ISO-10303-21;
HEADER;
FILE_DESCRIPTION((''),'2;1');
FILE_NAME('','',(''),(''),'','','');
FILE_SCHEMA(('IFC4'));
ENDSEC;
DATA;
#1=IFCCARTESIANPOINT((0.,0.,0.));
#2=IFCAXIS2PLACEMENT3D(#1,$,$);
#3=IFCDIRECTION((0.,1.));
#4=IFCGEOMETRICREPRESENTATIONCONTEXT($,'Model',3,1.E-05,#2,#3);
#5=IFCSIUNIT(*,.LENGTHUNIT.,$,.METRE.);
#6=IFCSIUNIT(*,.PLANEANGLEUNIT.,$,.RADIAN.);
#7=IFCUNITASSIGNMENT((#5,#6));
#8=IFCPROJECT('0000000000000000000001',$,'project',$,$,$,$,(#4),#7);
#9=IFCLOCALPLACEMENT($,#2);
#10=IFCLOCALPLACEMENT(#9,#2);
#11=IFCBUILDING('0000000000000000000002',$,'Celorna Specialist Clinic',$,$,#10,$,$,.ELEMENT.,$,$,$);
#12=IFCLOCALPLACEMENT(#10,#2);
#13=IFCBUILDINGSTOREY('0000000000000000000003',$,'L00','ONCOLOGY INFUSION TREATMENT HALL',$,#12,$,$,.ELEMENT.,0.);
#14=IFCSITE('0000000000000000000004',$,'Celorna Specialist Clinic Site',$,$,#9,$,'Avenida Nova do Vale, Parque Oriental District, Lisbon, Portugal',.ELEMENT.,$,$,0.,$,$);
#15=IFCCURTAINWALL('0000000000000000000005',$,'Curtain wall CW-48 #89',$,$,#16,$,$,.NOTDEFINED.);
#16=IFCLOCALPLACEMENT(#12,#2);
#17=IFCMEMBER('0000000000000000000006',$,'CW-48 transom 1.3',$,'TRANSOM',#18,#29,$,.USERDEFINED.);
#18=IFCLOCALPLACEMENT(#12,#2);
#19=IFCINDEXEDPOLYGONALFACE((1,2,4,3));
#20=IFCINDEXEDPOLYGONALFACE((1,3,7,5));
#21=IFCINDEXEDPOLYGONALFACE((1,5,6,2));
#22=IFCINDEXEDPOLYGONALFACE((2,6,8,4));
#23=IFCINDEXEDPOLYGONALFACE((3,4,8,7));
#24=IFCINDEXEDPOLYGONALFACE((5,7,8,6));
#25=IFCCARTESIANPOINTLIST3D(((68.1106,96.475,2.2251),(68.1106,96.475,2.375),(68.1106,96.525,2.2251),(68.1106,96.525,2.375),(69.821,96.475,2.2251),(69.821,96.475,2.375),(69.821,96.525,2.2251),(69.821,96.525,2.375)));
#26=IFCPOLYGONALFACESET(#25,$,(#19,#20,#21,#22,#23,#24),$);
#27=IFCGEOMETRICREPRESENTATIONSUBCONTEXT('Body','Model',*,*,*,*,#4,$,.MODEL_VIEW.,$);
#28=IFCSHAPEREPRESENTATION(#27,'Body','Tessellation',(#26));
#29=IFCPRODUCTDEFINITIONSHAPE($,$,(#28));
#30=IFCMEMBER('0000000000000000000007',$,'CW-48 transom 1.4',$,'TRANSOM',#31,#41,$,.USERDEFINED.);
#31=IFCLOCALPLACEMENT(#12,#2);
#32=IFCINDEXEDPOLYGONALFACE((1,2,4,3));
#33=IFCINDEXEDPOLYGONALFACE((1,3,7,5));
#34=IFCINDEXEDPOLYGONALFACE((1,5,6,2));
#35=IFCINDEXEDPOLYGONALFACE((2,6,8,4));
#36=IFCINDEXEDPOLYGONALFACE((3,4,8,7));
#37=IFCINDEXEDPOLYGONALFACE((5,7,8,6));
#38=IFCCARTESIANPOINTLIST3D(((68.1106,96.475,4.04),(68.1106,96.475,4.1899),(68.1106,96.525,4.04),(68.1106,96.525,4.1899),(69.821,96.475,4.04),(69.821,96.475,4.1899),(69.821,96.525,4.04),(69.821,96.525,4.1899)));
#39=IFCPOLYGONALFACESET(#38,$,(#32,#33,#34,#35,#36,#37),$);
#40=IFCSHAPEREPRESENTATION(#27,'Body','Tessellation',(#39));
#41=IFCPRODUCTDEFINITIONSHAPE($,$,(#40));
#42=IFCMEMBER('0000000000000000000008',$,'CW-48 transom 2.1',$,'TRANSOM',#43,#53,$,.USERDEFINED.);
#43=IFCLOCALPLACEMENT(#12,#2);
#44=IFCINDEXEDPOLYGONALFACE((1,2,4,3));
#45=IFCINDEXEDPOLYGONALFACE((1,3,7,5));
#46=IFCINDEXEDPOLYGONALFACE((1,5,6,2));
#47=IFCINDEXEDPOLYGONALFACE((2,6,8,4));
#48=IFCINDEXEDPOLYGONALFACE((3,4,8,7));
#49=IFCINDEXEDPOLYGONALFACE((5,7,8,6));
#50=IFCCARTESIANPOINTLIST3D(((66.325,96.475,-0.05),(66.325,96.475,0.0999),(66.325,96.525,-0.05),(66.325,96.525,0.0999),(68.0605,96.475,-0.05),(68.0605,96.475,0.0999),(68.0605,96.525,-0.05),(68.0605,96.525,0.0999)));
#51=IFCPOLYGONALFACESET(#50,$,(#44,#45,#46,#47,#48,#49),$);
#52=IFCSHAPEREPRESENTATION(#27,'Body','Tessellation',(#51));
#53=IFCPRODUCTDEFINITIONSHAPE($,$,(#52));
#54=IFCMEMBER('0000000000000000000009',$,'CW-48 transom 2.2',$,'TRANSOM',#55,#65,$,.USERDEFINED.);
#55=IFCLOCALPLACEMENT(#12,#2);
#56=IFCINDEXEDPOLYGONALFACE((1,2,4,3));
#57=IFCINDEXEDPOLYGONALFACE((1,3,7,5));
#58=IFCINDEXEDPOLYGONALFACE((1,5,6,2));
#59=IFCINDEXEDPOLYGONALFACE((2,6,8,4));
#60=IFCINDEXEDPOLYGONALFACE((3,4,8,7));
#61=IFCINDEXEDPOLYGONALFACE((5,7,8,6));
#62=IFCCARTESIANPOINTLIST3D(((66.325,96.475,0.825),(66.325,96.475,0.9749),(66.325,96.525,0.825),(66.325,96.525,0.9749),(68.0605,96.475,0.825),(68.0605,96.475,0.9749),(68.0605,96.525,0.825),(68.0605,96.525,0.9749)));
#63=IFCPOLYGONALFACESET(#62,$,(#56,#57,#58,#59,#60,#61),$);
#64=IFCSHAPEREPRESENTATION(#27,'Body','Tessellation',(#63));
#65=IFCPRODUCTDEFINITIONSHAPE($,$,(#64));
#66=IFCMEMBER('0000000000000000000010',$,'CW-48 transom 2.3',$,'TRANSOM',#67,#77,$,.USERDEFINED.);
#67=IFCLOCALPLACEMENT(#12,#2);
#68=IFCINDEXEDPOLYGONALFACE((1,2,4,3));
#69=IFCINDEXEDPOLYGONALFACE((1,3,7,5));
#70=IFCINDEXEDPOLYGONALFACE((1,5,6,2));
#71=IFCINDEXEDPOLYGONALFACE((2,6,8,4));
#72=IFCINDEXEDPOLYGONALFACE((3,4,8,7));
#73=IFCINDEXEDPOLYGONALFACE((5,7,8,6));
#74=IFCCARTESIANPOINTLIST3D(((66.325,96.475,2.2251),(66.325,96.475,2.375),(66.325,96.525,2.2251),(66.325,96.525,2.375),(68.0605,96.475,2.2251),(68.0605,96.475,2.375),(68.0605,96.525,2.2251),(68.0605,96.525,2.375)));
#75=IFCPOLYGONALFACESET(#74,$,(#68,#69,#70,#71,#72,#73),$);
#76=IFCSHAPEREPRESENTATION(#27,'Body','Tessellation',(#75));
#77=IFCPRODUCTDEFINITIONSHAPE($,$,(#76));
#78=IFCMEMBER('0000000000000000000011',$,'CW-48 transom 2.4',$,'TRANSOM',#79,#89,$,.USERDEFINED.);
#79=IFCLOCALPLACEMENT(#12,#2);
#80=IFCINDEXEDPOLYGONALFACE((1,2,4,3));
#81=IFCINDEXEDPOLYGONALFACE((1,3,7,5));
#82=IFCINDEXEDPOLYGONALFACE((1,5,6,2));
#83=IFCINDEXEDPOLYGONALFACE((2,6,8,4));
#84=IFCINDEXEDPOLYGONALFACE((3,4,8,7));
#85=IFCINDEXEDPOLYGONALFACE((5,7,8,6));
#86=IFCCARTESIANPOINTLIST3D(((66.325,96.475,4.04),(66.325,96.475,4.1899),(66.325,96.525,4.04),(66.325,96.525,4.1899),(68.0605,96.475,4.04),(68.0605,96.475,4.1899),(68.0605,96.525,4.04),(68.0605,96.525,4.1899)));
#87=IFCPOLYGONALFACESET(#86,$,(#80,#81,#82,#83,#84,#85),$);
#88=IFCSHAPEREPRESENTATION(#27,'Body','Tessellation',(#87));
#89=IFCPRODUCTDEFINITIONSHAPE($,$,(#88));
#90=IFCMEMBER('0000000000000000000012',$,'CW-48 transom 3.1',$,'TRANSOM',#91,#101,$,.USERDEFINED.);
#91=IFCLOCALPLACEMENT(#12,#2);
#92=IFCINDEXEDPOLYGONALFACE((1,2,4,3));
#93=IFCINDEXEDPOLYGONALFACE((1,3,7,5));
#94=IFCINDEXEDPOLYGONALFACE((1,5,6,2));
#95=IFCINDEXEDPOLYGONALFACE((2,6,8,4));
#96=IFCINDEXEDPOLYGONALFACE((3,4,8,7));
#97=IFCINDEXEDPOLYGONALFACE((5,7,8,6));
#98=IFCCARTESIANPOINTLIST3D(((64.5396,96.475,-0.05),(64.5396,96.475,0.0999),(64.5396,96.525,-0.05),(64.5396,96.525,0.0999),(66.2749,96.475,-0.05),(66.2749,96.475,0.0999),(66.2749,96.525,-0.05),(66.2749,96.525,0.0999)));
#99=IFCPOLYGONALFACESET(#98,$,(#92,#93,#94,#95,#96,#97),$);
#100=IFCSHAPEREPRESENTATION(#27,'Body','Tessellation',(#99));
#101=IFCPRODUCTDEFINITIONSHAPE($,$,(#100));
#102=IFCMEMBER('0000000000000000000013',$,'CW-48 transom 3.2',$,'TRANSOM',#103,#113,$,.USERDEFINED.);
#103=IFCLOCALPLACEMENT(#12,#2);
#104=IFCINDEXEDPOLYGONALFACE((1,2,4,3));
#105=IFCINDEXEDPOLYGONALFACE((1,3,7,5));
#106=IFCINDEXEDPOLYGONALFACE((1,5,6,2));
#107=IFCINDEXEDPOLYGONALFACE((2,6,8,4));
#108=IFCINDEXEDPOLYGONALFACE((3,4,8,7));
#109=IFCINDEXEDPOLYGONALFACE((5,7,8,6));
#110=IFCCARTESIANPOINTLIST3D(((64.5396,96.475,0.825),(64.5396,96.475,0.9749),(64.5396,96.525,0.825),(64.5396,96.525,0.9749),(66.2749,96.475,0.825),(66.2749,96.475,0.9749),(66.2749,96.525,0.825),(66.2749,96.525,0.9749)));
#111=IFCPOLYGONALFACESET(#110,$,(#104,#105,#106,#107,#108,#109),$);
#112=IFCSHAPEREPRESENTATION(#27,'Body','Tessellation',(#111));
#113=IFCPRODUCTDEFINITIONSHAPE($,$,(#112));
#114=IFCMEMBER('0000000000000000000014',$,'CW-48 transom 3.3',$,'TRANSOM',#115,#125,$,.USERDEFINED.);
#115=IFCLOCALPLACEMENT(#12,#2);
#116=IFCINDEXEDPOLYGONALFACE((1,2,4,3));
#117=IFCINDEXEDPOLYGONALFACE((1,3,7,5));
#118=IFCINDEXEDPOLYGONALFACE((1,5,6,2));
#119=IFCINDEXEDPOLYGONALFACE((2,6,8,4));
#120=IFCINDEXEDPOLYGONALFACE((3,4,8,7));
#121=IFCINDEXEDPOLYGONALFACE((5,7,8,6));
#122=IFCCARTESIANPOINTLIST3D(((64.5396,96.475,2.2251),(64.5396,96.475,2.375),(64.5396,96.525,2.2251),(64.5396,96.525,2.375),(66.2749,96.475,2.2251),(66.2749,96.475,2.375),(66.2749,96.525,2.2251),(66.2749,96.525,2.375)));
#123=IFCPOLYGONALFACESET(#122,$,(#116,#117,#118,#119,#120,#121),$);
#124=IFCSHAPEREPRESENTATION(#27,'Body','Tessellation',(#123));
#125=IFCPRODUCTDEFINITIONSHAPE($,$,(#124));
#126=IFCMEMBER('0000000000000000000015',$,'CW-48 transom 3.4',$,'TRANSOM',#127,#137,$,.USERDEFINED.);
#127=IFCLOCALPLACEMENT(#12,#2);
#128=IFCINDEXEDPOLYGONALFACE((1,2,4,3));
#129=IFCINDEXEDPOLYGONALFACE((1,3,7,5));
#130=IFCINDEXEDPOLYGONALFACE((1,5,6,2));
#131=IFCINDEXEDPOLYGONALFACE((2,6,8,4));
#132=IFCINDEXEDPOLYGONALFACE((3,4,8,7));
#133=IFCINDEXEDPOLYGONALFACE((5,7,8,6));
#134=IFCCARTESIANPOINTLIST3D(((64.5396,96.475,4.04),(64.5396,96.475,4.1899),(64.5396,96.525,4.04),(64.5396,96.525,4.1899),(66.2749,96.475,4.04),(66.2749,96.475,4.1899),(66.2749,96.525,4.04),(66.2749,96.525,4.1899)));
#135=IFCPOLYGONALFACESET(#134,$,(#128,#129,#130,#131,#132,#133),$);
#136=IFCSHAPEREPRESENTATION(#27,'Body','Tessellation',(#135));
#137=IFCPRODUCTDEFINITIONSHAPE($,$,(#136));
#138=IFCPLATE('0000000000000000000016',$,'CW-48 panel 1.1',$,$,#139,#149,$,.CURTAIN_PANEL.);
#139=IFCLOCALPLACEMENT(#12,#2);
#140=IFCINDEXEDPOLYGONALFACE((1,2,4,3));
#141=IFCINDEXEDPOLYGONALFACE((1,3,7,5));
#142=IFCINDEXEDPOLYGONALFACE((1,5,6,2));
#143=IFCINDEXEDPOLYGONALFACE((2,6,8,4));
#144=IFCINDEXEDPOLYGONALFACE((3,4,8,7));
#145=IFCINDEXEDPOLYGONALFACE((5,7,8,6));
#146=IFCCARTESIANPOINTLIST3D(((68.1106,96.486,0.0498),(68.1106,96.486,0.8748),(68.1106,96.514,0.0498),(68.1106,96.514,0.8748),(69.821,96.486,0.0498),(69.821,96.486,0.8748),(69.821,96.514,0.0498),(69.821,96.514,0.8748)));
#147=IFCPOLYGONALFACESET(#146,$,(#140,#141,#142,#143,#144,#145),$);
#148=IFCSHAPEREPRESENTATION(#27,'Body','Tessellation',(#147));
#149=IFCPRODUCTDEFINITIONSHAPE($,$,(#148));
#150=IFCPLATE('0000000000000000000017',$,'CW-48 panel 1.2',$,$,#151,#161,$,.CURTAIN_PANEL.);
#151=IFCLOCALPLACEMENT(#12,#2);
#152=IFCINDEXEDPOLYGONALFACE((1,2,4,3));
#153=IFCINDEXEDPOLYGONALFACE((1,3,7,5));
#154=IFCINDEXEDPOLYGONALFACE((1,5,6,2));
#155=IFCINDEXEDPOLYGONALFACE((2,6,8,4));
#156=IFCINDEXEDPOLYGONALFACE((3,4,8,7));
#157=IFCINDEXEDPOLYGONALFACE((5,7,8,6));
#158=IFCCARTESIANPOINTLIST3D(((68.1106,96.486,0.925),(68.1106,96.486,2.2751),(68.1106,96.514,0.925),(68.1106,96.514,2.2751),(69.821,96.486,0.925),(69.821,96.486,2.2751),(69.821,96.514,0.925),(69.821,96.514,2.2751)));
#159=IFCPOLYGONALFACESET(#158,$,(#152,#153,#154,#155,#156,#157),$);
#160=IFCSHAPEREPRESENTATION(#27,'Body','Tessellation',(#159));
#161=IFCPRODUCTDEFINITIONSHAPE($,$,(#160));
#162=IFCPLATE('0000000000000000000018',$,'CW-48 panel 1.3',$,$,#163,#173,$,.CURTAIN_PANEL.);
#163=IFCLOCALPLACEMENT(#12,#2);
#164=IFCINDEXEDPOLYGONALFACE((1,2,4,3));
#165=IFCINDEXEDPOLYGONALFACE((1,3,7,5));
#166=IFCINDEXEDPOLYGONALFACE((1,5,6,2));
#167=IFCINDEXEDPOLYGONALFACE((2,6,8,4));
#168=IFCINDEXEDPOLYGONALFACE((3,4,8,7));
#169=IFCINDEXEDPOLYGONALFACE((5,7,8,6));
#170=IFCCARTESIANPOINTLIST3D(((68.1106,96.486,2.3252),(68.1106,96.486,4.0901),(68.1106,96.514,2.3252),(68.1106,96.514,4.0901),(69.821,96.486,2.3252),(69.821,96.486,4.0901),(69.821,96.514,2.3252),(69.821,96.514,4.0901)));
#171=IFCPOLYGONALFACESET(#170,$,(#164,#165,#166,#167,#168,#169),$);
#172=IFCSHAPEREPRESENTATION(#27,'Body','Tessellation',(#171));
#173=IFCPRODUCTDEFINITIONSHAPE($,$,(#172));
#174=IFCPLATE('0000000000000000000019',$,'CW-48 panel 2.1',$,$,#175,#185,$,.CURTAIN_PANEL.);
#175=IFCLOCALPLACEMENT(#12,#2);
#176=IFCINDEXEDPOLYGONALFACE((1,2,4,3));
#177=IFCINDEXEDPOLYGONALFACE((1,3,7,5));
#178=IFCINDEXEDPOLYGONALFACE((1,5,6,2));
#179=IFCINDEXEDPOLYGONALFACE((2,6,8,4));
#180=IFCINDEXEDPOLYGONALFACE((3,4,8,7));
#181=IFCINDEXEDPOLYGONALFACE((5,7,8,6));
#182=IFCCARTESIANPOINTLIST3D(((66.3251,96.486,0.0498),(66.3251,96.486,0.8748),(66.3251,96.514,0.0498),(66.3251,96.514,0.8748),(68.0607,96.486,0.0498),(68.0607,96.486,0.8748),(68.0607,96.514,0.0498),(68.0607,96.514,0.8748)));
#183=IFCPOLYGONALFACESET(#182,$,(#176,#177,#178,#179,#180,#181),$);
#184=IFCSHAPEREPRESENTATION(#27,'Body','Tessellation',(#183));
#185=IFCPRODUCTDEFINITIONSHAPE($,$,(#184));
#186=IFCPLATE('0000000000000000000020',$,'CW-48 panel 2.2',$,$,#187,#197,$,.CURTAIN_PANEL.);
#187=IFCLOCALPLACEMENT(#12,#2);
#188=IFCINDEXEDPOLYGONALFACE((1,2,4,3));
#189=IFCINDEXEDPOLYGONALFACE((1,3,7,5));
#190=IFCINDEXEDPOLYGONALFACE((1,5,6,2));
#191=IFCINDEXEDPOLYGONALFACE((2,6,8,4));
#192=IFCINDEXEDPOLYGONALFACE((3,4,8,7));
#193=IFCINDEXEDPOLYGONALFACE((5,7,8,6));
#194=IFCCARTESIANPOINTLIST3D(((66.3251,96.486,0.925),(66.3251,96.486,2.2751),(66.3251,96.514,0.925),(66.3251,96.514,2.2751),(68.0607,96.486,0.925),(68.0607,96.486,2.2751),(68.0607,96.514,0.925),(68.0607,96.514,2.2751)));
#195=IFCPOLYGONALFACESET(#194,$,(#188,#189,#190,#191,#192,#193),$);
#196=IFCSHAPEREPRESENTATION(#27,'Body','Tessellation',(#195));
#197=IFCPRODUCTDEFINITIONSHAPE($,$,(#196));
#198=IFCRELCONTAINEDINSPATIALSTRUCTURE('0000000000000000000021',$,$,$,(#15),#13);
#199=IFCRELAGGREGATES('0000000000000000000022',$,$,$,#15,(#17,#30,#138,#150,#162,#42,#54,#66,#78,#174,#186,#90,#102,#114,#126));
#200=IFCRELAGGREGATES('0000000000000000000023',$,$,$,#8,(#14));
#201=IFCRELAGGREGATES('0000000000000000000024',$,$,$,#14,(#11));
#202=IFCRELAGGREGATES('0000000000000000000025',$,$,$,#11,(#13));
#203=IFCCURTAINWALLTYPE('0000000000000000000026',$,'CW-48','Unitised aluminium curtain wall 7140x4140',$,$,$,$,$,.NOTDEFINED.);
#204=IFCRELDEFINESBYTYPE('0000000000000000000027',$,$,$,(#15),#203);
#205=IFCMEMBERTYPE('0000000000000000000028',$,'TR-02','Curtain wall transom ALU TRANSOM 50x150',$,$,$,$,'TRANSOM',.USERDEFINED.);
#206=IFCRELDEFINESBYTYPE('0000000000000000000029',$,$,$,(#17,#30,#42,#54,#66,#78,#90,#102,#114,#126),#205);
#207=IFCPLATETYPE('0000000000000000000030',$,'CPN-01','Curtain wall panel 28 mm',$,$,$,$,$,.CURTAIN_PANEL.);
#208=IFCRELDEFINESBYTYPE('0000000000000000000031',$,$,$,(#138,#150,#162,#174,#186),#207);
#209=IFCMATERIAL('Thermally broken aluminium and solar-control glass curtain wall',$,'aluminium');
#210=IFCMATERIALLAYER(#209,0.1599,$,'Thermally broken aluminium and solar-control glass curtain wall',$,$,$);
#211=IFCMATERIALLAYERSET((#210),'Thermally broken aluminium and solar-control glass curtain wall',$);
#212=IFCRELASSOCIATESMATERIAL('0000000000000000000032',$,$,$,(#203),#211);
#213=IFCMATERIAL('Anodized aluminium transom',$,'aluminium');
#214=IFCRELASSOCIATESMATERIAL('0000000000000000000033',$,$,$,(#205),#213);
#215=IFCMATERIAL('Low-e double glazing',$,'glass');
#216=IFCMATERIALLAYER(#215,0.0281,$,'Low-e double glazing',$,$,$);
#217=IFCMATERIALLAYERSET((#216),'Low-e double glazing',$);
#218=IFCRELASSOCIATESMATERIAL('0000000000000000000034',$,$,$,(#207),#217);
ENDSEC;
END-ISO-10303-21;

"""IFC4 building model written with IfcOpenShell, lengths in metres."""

from ifc_helpers import new_model, si_unit, direction, frame, origin, origin_2d, place, context, subcontext, project, spatial, rectangle, extrude, material, layer, layer_set, material_profile, profile_set, type_object, element, aggregate, save


model = new_model("IFC4")

# Units and contexts
model_context = context("Model", 3, precision=1e-05, world=origin(), true_north=direction((0.0, 1.0)))
body_context = subcontext(model_context, "Body", "Model", "MODEL_VIEW")
ifc_project = project(units=[si_unit("LENGTHUNIT", "METRE"), si_unit("PLANEANGLEUNIT", "RADIAN")], contexts=[model_context])

# Site, building, storey
site_placement = place(None, origin())
site = spatial("IfcSite", under=ifc_project, at=site_placement, Name="Celorna Specialist Clinic Site", LongName="Avenida Nova do Vale, Parque Oriental District, Lisbon, Portugal", CompositionType="ELEMENT", RefElevation=0.0)
building_placement = place(site_placement, origin())
building = spatial("IfcBuilding", under=site, at=building_placement, Name="Celorna Specialist Clinic", CompositionType="ELEMENT")
storey_placement = place(building_placement, origin())
storey = spatial("IfcBuildingStorey", under=building, at=storey_placement, Name="L00", Description="ONCOLOGY INFUSION TREATMENT HALL", CompositionType="ELEMENT", Elevation=0.0)

# Curtain wall, members, plates
ifc_material_1 = material(Name="Thermally broken aluminium and solar-control glass curtain wall", Category="aluminium")
ifc_layer_1 = layer(ifc_material_1, 0.1599, Name="Thermally broken aluminium and solar-control glass curtain wall")
ifc_layer_set_1 = layer_set([ifc_layer_1], Name="Thermally broken aluminium and solar-control glass curtain wall")
curtain_wall_type = type_object("IfcCurtainWallType", Name="CW-48", Description="Unitised aluminium curtain wall 7140x4140", PredefinedType="NOTDEFINED", material=ifc_layer_set_1)
curtain_wall_placement = place(storey_placement, origin())
curtain_wall = element("IfcCurtainWall", 1, at=curtain_wall_placement, inside=storey, type_object=curtain_wall_type, Name="Curtain wall CW-48 #89", PredefinedType="NOTDEFINED")
ifc_material_2 = material(Name="Anodized aluminium transom", Category="aluminium")
ifc_material_profile_1 = material_profile(ifc_material_2, rectangle(XDim=0.05, YDim=0.1499, at=origin_2d()), Name="ALU TRANSOM 50x150")
ifc_profile_set_1 = profile_set([ifc_material_profile_1], Name="Anodized aluminium transom")
member_type_1 = type_object("IfcMemberType", Name="TR-02", Description="Curtain wall transom ALU TRANSOM 50x150", ElementType="TRANSOM", PredefinedType="USERDEFINED", material=ifc_profile_set_1)
member_1_placement = place(storey_placement, frame((69.821, 96.5, 2.3), z_axis=(-1.0, 0.0, 0.0), x_axis=(0.0, -1.0, 0.0)))
member_1 = element("IfcMember", 2, at=member_1_placement, type_object=member_type_1, Name="CW-48 transom 1.3", ObjectType="TRANSOM", PredefinedType="USERDEFINED", context=body_context, shape_type="SweptSolid", body=[
    extrude(rectangle(XDim=0.05, YDim=0.1499, at=origin_2d()), origin(), (0.0, 0.0, 1.0), 1.7104),
])
member_2_placement = place(storey_placement, frame((69.821, 96.5, 4.115), z_axis=(-1.0, 0.0, 0.0), x_axis=(0.0, -1.0, 0.0)))
member_2 = element("IfcMember", 3, at=member_2_placement, type_object=member_type_1, Name="CW-48 transom 1.4", ObjectType="TRANSOM", PredefinedType="USERDEFINED", context=body_context, shape_type="SweptSolid", body=[
    extrude(rectangle(XDim=0.05, YDim=0.1499, at=origin_2d()), origin(), (0.0, 0.0, 1.0), 1.7104),
])
member_3_placement = place(storey_placement, frame((68.0605, 96.5, 0.0249), z_axis=(-1.0, 0.0, 0.0), x_axis=(0.0, -1.0, 0.0)))
member_3 = element("IfcMember", 4, at=member_3_placement, type_object=member_type_1, Name="CW-48 transom 2.1", ObjectType="TRANSOM", PredefinedType="USERDEFINED", context=body_context, shape_type="SweptSolid", body=[
    extrude(rectangle(XDim=0.05, YDim=0.1499, at=origin_2d()), origin(), (0.0, 0.0, 1.0), 1.7356),
])
member_4_placement = place(storey_placement, frame((68.0605, 96.5, 0.8999), z_axis=(-1.0, 0.0, 0.0), x_axis=(0.0, -1.0, 0.0)))
member_4 = element("IfcMember", 5, at=member_4_placement, type_object=member_type_1, Name="CW-48 transom 2.2", ObjectType="TRANSOM", PredefinedType="USERDEFINED", context=body_context, shape_type="SweptSolid", body=[
    extrude(rectangle(XDim=0.05, YDim=0.1499, at=origin_2d()), origin(), (0.0, 0.0, 1.0), 1.7356),
])
member_5_placement = place(storey_placement, frame((68.0605, 96.5, 2.3), z_axis=(-1.0, 0.0, 0.0), x_axis=(0.0, -1.0, 0.0)))
member_5 = element("IfcMember", 6, at=member_5_placement, type_object=member_type_1, Name="CW-48 transom 2.3", ObjectType="TRANSOM", PredefinedType="USERDEFINED", context=body_context, shape_type="SweptSolid", body=[
    extrude(rectangle(XDim=0.05, YDim=0.1499, at=origin_2d()), origin(), (0.0, 0.0, 1.0), 1.7356),
])
member_6_placement = place(storey_placement, frame((68.0605, 96.5, 4.115), z_axis=(-1.0, 0.0, 0.0), x_axis=(0.0, -1.0, 0.0)))
member_6 = element("IfcMember", 7, at=member_6_placement, type_object=member_type_1, Name="CW-48 transom 2.4", ObjectType="TRANSOM", PredefinedType="USERDEFINED", context=body_context, shape_type="SweptSolid", body=[
    extrude(rectangle(XDim=0.05, YDim=0.1499, at=origin_2d()), origin(), (0.0, 0.0, 1.0), 1.7356),
])
member_7_placement = place(storey_placement, frame((66.2749, 96.5, 0.0249), z_axis=(-1.0, 0.0, 0.0), x_axis=(0.0, -1.0, 0.0)))
member_7 = element("IfcMember", 8, at=member_7_placement, type_object=member_type_1, Name="CW-48 transom 3.1", ObjectType="TRANSOM", PredefinedType="USERDEFINED", context=body_context, shape_type="SweptSolid", body=[
    extrude(rectangle(XDim=0.05, YDim=0.1499, at=origin_2d()), origin(), (0.0, 0.0, 1.0), 1.7354),
])
member_8_placement = place(storey_placement, frame((66.2749, 96.5, 0.8999), z_axis=(-1.0, 0.0, 0.0), x_axis=(0.0, -1.0, 0.0)))
member_8 = element("IfcMember", 9, at=member_8_placement, type_object=member_type_1, Name="CW-48 transom 3.2", ObjectType="TRANSOM", PredefinedType="USERDEFINED", context=body_context, shape_type="SweptSolid", body=[
    extrude(rectangle(XDim=0.05, YDim=0.1499, at=origin_2d()), origin(), (0.0, 0.0, 1.0), 1.7354),
])
member_9_placement = place(storey_placement, frame((66.2749, 96.5, 2.3), z_axis=(-1.0, 0.0, 0.0), x_axis=(0.0, -1.0, 0.0)))
member_9 = element("IfcMember", 10, at=member_9_placement, type_object=member_type_1, Name="CW-48 transom 3.3", ObjectType="TRANSOM", PredefinedType="USERDEFINED", context=body_context, shape_type="SweptSolid", body=[
    extrude(rectangle(XDim=0.05, YDim=0.1499, at=origin_2d()), origin(), (0.0, 0.0, 1.0), 1.7354),
])
member_10_placement = place(storey_placement, frame((66.2749, 96.5, 4.115), z_axis=(-1.0, 0.0, 0.0), x_axis=(0.0, -1.0, 0.0)))
member_10 = element("IfcMember", 11, at=member_10_placement, type_object=member_type_1, Name="CW-48 transom 3.4", ObjectType="TRANSOM", PredefinedType="USERDEFINED", context=body_context, shape_type="SweptSolid", body=[
    extrude(rectangle(XDim=0.05, YDim=0.1499, at=origin_2d()), origin(), (0.0, 0.0, 1.0), 1.7354),
])
ifc_material_3 = material(Name="Low-e double glazing", Category="glass")
ifc_layer_2 = layer(ifc_material_3, 0.0281, Name="Low-e double glazing")
ifc_layer_set_2 = layer_set([ifc_layer_2], Name="Low-e double glazing")
plate_type = type_object("IfcPlateType", Name="CPN-01", Description="Curtain wall panel 28 mm", PredefinedType="CURTAIN_PANEL", material=ifc_layer_set_2)
plate_1_placement = place(storey_placement, frame((68.9658, 96.5, 0.0498), z_axis=(0.0, 0.0, 1.0), x_axis=(-1.0, 0.0, 0.0)))
plate_1 = element("IfcPlate", 12, at=plate_1_placement, type_object=plate_type, Name="CW-48 panel 1.1", PredefinedType="CURTAIN_PANEL", context=body_context, shape_type="SweptSolid", body=[
    extrude(rectangle(XDim=1.7104, YDim=0.0281, at=origin_2d()), origin(), (0.0, 0.0, 1.0), 0.825),
])
plate_2_placement = place(storey_placement, frame((68.9658, 96.5, 0.925), z_axis=(0.0, 0.0, 1.0), x_axis=(-1.0, 0.0, 0.0)))
plate_2 = element("IfcPlate", 13, at=plate_2_placement, type_object=plate_type, Name="CW-48 panel 1.2", PredefinedType="CURTAIN_PANEL", context=body_context, shape_type="SweptSolid", body=[
    extrude(rectangle(XDim=1.7104, YDim=0.0281, at=origin_2d()), origin(), (0.0, 0.0, 1.0), 1.3501),
])
plate_3_placement = place(storey_placement, frame((68.9658, 96.5, 2.3252), z_axis=(0.0, 0.0, 1.0), x_axis=(-1.0, 0.0, 0.0)))
plate_3 = element("IfcPlate", 14, at=plate_3_placement, type_object=plate_type, Name="CW-48 panel 1.3", PredefinedType="CURTAIN_PANEL", context=body_context, shape_type="SweptSolid", body=[
    extrude(rectangle(XDim=1.7104, YDim=0.0281, at=origin_2d()), origin(), (0.0, 0.0, 1.0), 1.7649),
])
plate_4_placement = place(storey_placement, frame((67.1929, 96.5, 0.0498), z_axis=(0.0, 0.0, 1.0), x_axis=(-1.0, 0.0, 0.0)))
plate_4 = element("IfcPlate", 15, at=plate_4_placement, type_object=plate_type, Name="CW-48 panel 2.1", PredefinedType="CURTAIN_PANEL", context=body_context, shape_type="SweptSolid", body=[
    extrude(rectangle(XDim=1.7356, YDim=0.0281, at=origin_2d()), origin(), (0.0, 0.0, 1.0), 0.825),
])
plate_5_placement = place(storey_placement, frame((67.1929, 96.5, 0.925), z_axis=(0.0, 0.0, 1.0), x_axis=(-1.0, 0.0, 0.0)))
plate_5 = element("IfcPlate", 16, at=plate_5_placement, type_object=plate_type, Name="CW-48 panel 2.2", PredefinedType="CURTAIN_PANEL", context=body_context, shape_type="SweptSolid", body=[
    extrude(rectangle(XDim=1.7356, YDim=0.0281, at=origin_2d()), origin(), (0.0, 0.0, 1.0), 1.3501),
])
aggregate(curtain_wall, [member_1, member_2, plate_1, plate_2, plate_3, member_3, member_4, member_5, member_6, plate_4, plate_5, member_7, member_8, member_9, member_10])

save(model, "model.ifc")
